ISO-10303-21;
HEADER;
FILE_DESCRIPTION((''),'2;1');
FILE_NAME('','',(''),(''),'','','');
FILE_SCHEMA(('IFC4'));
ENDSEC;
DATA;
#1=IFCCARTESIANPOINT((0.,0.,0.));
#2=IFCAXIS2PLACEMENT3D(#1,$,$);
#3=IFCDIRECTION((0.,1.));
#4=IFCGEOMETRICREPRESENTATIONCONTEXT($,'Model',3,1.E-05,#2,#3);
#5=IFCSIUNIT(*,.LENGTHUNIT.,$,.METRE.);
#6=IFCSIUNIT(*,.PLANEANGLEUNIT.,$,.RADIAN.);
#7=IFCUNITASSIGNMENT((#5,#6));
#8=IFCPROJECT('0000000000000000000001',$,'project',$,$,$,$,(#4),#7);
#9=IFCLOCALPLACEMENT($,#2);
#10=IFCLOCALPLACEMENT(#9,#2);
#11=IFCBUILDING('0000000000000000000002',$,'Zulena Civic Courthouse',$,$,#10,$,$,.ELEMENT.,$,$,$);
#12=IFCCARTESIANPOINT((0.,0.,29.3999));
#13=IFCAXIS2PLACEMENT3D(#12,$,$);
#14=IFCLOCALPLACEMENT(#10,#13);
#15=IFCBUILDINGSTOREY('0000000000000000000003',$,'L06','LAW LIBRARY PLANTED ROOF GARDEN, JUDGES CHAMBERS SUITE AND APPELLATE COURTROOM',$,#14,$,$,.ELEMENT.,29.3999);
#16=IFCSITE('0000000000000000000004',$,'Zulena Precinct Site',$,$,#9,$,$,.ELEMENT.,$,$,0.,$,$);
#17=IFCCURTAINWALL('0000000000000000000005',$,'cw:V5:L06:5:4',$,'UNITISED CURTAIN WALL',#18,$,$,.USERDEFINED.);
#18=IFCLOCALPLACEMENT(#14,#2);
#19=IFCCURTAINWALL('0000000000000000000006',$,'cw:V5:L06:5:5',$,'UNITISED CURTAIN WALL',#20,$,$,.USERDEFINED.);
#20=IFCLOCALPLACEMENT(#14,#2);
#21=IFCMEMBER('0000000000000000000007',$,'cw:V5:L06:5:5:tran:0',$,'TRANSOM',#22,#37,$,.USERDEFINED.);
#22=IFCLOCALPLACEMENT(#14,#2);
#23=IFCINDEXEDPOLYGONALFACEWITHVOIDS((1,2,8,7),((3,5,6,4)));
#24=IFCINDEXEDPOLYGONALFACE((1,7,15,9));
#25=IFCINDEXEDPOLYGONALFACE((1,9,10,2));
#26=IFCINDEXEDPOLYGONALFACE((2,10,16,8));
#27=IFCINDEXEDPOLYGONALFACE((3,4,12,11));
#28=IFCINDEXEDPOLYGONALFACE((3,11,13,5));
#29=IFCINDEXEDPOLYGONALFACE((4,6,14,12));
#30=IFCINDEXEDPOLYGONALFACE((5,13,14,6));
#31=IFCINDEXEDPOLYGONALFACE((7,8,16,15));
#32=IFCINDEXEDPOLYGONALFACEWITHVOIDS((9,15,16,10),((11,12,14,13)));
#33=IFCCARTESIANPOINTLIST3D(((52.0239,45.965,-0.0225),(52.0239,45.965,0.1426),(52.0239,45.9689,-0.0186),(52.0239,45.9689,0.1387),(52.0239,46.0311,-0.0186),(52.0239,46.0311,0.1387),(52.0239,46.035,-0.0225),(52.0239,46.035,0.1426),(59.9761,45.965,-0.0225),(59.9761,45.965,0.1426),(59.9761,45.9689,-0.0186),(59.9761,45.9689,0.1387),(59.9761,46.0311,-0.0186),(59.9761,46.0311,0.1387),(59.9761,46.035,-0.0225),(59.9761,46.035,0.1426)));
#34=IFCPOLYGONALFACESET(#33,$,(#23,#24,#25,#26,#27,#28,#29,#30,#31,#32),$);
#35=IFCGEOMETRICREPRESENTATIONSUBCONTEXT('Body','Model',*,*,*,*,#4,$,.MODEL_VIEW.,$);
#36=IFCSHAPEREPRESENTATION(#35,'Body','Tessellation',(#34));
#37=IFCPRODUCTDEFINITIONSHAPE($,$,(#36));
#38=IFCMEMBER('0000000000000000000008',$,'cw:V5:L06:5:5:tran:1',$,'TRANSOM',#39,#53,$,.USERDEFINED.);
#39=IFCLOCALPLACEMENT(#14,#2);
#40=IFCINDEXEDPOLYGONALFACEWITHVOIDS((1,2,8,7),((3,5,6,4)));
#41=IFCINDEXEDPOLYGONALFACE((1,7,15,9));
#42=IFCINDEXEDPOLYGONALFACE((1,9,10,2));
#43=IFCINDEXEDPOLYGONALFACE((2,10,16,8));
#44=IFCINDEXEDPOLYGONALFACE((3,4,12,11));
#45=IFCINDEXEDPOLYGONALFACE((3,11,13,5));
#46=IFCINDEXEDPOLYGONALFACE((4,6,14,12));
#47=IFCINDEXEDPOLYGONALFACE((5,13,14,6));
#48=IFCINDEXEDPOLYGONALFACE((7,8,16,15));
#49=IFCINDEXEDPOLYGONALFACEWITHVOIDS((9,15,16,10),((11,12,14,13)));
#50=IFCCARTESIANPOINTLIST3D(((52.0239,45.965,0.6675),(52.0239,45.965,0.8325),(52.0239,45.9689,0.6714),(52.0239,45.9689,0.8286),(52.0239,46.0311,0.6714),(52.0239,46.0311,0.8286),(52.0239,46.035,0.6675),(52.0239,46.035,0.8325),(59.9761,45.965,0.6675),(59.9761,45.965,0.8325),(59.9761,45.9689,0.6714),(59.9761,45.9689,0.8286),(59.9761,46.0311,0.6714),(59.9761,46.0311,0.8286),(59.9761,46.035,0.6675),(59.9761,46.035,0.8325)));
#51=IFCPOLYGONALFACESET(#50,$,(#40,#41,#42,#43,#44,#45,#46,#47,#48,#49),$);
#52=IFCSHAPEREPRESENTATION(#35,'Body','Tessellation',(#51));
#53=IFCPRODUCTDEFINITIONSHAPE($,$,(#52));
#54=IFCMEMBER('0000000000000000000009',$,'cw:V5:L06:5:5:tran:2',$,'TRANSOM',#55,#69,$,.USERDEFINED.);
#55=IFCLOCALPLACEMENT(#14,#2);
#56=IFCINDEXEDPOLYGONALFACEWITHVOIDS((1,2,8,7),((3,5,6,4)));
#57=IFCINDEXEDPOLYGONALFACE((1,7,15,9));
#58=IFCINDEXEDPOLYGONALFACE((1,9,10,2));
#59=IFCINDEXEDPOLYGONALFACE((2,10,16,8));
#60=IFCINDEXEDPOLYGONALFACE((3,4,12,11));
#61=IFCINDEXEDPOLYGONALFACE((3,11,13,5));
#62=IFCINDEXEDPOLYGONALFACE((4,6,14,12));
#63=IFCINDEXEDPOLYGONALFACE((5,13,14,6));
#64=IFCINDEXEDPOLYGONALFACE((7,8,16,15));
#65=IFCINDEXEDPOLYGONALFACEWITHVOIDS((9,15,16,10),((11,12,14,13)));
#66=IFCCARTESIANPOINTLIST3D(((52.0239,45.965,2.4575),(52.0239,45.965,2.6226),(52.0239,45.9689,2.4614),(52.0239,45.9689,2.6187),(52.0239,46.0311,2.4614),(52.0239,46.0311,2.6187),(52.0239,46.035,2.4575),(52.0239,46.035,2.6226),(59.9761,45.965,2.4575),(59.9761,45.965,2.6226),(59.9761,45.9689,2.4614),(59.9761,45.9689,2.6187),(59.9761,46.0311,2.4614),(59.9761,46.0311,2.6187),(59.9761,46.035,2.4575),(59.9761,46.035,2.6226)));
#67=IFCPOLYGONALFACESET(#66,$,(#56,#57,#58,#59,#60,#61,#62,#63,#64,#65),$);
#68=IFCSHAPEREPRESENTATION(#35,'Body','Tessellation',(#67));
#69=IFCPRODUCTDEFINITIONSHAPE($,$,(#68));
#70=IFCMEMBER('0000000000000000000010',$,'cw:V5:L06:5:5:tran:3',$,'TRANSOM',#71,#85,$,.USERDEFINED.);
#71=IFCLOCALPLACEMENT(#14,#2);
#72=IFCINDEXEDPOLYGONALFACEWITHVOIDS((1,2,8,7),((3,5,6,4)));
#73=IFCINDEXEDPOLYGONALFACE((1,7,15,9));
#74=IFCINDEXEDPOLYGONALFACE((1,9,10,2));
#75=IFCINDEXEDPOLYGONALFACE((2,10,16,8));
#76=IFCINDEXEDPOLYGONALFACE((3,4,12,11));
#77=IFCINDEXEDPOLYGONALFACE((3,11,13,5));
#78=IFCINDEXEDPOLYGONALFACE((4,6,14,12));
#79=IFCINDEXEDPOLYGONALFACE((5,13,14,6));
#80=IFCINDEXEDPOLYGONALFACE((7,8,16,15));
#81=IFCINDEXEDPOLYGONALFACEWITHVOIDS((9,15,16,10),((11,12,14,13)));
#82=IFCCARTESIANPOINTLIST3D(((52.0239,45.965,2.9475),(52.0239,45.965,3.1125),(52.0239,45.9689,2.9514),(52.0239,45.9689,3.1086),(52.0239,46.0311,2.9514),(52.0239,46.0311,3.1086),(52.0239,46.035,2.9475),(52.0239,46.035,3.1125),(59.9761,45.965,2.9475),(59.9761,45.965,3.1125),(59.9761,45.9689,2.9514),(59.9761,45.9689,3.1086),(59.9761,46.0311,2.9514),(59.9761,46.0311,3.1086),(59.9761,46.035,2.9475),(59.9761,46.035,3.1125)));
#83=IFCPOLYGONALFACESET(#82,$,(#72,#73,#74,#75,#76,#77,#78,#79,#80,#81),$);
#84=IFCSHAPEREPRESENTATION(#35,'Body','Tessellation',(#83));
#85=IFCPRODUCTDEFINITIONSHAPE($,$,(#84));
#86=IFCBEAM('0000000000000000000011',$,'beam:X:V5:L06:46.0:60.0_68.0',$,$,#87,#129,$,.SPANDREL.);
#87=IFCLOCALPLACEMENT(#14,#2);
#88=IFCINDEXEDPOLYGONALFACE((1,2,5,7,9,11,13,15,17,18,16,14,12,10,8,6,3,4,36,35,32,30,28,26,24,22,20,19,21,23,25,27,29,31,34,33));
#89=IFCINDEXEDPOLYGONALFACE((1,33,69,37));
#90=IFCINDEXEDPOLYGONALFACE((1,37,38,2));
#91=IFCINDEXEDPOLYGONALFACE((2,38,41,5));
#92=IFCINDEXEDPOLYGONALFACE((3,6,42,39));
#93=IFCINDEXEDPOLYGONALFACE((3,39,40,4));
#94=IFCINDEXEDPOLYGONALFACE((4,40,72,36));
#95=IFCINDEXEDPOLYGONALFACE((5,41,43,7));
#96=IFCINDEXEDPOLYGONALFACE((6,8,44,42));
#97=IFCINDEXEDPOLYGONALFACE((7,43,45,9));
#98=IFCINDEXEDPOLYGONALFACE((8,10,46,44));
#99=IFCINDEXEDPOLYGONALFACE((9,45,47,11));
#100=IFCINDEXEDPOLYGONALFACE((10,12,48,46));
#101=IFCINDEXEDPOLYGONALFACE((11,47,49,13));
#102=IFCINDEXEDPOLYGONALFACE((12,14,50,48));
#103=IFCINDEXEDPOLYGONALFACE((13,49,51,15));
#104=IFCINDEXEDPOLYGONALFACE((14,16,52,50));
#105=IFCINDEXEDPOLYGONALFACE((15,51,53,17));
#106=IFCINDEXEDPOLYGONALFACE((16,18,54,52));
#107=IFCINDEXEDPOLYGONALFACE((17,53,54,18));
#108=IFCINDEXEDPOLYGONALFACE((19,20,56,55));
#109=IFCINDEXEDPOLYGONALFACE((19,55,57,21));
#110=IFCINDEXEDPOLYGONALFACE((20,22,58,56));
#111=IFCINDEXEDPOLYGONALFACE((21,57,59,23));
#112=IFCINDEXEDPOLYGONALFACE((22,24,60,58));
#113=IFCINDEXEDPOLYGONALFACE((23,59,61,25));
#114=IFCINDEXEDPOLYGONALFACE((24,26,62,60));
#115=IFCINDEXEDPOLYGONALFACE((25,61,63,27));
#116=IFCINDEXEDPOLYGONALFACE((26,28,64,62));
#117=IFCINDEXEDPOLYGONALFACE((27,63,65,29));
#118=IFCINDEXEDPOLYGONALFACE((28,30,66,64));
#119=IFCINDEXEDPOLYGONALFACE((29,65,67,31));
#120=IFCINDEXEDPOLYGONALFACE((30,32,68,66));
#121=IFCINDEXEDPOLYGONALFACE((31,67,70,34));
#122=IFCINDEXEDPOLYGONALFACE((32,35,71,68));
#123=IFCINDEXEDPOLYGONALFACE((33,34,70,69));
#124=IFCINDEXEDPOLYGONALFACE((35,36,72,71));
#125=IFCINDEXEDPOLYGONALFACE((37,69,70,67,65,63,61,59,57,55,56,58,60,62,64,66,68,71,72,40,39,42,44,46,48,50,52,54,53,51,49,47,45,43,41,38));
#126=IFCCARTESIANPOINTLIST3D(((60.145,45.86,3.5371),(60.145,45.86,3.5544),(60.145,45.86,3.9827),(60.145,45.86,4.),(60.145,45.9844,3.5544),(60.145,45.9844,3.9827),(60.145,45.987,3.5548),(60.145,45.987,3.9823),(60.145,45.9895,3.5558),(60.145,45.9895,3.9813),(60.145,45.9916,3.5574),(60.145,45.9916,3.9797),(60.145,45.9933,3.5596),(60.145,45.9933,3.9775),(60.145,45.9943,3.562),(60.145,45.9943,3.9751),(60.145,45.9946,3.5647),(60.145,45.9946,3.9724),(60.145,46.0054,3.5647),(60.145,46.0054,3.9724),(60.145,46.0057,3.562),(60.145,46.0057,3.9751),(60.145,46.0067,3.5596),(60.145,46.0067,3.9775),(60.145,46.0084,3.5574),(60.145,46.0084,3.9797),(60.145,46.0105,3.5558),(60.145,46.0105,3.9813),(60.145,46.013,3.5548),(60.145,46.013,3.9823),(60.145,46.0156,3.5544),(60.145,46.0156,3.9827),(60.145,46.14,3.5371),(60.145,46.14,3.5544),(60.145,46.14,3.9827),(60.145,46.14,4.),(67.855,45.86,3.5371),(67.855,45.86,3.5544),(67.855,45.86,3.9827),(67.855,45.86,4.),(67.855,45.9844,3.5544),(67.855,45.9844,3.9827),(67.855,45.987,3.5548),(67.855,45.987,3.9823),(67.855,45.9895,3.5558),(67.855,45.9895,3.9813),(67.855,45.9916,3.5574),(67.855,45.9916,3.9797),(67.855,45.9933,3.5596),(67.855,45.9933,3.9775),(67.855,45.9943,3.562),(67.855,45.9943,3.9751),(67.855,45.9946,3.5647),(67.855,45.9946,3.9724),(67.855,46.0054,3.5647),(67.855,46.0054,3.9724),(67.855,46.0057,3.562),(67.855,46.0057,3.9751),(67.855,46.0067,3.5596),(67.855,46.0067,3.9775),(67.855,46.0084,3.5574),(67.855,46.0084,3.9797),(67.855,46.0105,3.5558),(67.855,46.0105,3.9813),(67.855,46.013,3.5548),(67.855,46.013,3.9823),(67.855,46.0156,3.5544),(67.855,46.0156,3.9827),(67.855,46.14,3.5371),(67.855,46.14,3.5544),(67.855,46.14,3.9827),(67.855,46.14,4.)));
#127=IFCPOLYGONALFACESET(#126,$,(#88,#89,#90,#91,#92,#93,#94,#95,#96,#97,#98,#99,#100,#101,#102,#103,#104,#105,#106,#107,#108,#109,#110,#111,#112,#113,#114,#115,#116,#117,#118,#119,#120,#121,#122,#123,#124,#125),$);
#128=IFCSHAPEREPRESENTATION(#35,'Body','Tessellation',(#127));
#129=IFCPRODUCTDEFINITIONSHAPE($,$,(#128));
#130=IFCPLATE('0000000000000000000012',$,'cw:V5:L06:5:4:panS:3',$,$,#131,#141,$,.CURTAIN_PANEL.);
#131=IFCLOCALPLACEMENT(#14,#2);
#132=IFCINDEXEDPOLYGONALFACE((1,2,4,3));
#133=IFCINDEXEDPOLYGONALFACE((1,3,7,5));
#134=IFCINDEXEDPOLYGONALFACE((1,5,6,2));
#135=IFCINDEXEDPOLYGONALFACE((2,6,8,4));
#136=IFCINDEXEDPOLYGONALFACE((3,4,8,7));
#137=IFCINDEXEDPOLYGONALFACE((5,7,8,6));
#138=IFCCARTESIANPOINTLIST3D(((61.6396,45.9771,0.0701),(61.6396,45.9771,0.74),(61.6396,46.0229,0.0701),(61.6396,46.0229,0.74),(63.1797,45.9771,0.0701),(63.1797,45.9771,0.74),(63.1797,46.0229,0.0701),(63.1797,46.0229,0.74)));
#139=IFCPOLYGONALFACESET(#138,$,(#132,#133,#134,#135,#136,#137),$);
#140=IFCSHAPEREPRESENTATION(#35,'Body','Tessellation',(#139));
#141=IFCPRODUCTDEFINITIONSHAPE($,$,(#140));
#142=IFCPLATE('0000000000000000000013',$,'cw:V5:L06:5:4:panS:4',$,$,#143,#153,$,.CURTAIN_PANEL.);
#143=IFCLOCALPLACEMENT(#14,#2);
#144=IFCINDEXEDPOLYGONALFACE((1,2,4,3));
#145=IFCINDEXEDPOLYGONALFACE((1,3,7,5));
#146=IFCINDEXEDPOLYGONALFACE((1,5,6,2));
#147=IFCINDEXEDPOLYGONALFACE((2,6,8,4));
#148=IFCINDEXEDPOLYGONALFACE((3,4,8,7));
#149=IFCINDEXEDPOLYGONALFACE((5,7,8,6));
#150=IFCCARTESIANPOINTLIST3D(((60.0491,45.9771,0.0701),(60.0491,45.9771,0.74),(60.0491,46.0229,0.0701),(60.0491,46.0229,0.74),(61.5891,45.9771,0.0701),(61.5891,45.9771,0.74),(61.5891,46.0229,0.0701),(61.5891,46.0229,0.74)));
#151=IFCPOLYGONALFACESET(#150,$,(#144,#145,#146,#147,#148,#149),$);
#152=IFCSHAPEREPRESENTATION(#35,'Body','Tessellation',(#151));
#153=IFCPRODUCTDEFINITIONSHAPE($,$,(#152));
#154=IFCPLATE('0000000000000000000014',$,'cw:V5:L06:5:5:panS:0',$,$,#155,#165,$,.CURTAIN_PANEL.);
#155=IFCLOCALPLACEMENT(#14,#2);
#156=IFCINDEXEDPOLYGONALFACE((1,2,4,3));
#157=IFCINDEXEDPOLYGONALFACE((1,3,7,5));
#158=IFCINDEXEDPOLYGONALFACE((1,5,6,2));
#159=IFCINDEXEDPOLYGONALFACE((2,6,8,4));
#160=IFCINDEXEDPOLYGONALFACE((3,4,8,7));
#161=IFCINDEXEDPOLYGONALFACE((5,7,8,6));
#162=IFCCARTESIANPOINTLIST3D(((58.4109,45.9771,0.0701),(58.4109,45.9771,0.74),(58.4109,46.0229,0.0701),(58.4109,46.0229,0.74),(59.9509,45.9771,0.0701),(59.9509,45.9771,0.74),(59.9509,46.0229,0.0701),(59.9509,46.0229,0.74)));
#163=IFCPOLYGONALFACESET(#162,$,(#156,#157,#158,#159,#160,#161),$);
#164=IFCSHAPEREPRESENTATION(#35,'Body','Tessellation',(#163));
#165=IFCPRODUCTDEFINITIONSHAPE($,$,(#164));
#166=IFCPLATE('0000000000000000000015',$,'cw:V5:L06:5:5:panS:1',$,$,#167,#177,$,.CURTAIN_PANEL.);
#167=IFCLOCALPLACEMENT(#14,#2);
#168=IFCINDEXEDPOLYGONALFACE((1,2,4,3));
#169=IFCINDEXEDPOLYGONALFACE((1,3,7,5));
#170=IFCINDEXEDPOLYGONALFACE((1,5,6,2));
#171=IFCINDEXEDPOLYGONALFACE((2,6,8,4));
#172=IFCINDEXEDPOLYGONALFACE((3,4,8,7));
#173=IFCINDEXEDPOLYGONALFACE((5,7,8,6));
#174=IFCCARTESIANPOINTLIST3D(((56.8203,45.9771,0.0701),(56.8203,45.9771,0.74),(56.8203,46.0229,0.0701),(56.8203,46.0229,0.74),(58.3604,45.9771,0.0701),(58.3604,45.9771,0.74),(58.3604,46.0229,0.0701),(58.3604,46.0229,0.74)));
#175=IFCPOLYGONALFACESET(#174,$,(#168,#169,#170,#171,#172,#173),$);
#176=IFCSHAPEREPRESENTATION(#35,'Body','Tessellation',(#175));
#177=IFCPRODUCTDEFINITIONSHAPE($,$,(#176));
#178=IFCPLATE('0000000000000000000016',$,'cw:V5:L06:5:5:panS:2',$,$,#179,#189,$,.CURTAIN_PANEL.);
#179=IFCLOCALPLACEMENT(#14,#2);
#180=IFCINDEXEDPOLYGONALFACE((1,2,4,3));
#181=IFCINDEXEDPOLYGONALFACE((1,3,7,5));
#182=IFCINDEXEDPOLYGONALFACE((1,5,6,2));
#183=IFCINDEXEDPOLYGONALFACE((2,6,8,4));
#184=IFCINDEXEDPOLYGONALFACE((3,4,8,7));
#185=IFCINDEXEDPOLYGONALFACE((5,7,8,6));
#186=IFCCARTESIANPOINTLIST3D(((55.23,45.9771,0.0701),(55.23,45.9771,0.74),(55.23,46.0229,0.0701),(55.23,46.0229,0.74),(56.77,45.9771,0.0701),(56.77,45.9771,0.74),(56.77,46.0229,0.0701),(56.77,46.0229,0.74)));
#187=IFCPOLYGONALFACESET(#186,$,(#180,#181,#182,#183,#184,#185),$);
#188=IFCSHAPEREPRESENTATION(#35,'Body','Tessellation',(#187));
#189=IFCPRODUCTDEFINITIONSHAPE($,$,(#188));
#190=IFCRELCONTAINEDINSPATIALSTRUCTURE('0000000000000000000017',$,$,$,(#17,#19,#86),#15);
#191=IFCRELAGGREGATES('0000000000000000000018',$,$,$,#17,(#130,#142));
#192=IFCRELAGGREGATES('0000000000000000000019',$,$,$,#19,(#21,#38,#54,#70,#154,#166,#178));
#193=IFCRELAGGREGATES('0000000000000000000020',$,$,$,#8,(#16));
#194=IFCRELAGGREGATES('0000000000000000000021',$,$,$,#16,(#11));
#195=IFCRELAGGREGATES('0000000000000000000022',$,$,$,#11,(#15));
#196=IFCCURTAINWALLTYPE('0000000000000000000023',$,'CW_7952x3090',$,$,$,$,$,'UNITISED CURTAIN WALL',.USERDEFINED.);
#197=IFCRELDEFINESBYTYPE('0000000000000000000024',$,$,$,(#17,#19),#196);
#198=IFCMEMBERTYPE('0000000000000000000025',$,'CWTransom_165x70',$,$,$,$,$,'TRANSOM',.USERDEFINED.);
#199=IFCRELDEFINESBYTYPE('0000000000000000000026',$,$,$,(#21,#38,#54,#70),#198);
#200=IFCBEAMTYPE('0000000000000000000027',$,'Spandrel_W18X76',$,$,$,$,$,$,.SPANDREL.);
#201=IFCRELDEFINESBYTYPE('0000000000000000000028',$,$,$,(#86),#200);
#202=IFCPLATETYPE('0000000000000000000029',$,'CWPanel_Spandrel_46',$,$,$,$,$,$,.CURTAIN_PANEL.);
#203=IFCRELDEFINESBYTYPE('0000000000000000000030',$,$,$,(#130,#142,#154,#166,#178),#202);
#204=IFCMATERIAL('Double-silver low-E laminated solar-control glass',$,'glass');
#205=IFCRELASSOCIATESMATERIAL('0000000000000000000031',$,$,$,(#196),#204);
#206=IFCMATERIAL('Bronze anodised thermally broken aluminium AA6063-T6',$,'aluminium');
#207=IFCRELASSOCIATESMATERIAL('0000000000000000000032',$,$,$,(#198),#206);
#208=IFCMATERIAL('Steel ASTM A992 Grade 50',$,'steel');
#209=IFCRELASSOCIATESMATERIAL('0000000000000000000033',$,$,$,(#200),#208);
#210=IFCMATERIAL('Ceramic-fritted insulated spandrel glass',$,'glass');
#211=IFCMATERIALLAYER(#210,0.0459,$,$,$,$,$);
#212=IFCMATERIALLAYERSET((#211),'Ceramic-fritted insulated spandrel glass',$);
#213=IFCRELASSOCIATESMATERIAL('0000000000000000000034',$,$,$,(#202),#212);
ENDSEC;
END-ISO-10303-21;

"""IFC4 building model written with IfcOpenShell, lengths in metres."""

from ifc_helpers import new_model, si_unit, direction, frame, origin, origin_2d, place, context, subcontext, project, spatial, rectangle, hollow_rectangle, i_section, extrude, material, layer, layer_set, material_profile, profile_set, type_object, element, aggregate, save


model = new_model("IFC4")

# Units and contexts
model_context = context("Model", 3, precision=1e-05, world=origin(), true_north=direction((0.0, 1.0)))
body_context = subcontext(model_context, "Body", "Model", "MODEL_VIEW")
ifc_project = project(units=[si_unit("LENGTHUNIT", "METRE"), si_unit("PLANEANGLEUNIT", "RADIAN")], contexts=[model_context])

# Site, building, storey
site_placement = place(None, origin())
site = spatial("IfcSite", under=ifc_project, at=site_placement, Name="Zulena Precinct Site", CompositionType="ELEMENT", RefElevation=0.0)
building_placement = place(site_placement, origin())
building = spatial("IfcBuilding", under=site, at=building_placement, Name="Zulena Civic Courthouse", CompositionType="ELEMENT")
storey_placement = place(building_placement, frame((0.0, 0.0, 29.3999)))
storey = spatial("IfcBuildingStorey", under=building, at=storey_placement, Name="L06", Description="LAW LIBRARY PLANTED ROOF GARDEN, JUDGES CHAMBERS SUITE AND APPELLATE COURTROOM", CompositionType="ELEMENT", Elevation=29.3999)

# Shared definitions
ifc_material_1 = material(Name="Steel ASTM A992 Grade 50", Category="steel")

# Curtain walls, members
ifc_material_2 = material(Name="Double-silver low-E laminated solar-control glass", Category="glass")
curtain_wall_type = type_object("IfcCurtainWallType", Name="CW_7952x3090", ElementType="UNITISED CURTAIN WALL", PredefinedType="USERDEFINED", material=ifc_material_2)
curtain_wall_1_placement = place(storey_placement, origin())
curtain_wall_1 = element("IfcCurtainWall", 1, at=curtain_wall_1_placement, inside=storey, type_object=curtain_wall_type, Name="cw:V5:L06:5:4", ObjectType="UNITISED CURTAIN WALL", PredefinedType="USERDEFINED")
ifc_material_3 = material(Name="Bronze anodised thermally broken aluminium AA6063-T6", Category="aluminium")
curtain_wall_2_placement = place(storey_placement, origin())
curtain_wall_2 = element("IfcCurtainWall", 2, at=curtain_wall_2_placement, inside=storey, type_object=curtain_wall_type, Name="cw:V5:L06:5:5", ObjectType="UNITISED CURTAIN WALL", PredefinedType="USERDEFINED")
ifc_material_profile_1 = material_profile(ifc_material_3, hollow_rectangle(XDim=0.0701, YDim=0.165, WallThickness=0.0039, at=origin_2d()), Name="CWT165X70X4")
ifc_profile_set_1 = profile_set([ifc_material_profile_1], Name="Bronze anodised thermally broken aluminium AA6063-T6")
member_type_1 = type_object("IfcMemberType", Name="CWTransom_165x70", ElementType="TRANSOM", PredefinedType="USERDEFINED", material=ifc_profile_set_1)
member_1_placement = place(storey_placement, frame((59.9761, 46.0, 0.0601), z_axis=(-1.0, 0.0, 0.0), x_axis=(0.0, -1.0, 0.0)))
member_1 = element("IfcMember", 3, at=member_1_placement, type_object=member_type_1, Name="cw:V5:L06:5:5:tran:0", ObjectType="TRANSOM", PredefinedType="USERDEFINED", context=body_context, shape_type="SweptSolid", body=[
    extrude(hollow_rectangle(XDim=0.0701, YDim=0.165, WallThickness=0.0039, at=origin_2d()), origin(), (0.0, 0.0, 1.0), 7.9521),
])
member_2_placement = place(storey_placement, frame((59.9761, 46.0, 0.75), z_axis=(-1.0, 0.0, 0.0), x_axis=(0.0, -1.0, 0.0)))
member_2 = element("IfcMember", 4, at=member_2_placement, type_object=member_type_1, Name="cw:V5:L06:5:5:tran:1", ObjectType="TRANSOM", PredefinedType="USERDEFINED", context=body_context, shape_type="SweptSolid", body=[
    extrude(hollow_rectangle(XDim=0.0701, YDim=0.165, WallThickness=0.0039, at=origin_2d()), origin(), (0.0, 0.0, 1.0), 7.9521),
])
member_3_placement = place(storey_placement, frame((59.9761, 46.0, 2.54), z_axis=(-1.0, 0.0, 0.0), x_axis=(0.0, -1.0, 0.0)))
member_3 = element("IfcMember", 5, at=member_3_placement, type_object=member_type_1, Name="cw:V5:L06:5:5:tran:2", ObjectType="TRANSOM", PredefinedType="USERDEFINED", context=body_context, shape_type="SweptSolid", body=[
    extrude(hollow_rectangle(XDim=0.0701, YDim=0.165, WallThickness=0.0039, at=origin_2d()), origin(), (0.0, 0.0, 1.0), 7.9521),
])
member_4_placement = place(storey_placement, frame((59.9761, 46.0, 3.03), z_axis=(-1.0, 0.0, 0.0), x_axis=(0.0, -1.0, 0.0)))
member_4 = element("IfcMember", 6, at=member_4_placement, type_object=member_type_1, Name="cw:V5:L06:5:5:tran:3", ObjectType="TRANSOM", PredefinedType="USERDEFINED", context=body_context, shape_type="SweptSolid", body=[
    extrude(hollow_rectangle(XDim=0.0701, YDim=0.165, WallThickness=0.0039, at=origin_2d()), origin(), (0.0, 0.0, 1.0), 7.9521),
])

# Beam
ifc_material_profile_2 = material_profile(ifc_material_1, i_section(OverallWidth=0.28, OverallDepth=0.4629, WebThickness=0.0107, FlangeThickness=0.0173, FilletRadius=0.0103, at=origin_2d()), Name="W18X76")
ifc_profile_set_2 = profile_set([ifc_material_profile_2], Name="Steel ASTM A992 Grade 50")
beam_type = type_object("IfcBeamType", Name="Spandrel_W18X76", PredefinedType="SPANDREL", material=ifc_profile_set_2)
beam_placement = place(storey_placement, frame((60.145, 46.0, 3.7686), z_axis=(1.0, 0.0, 0.0), x_axis=(0.0, 1.0, 0.0)))
element("IfcBeam", 7, at=beam_placement, inside=storey, type_object=beam_type, Name="beam:X:V5:L06:46.0:60.0_68.0", PredefinedType="SPANDREL", context=body_context, shape_type="SweptSolid", body=[
    extrude(i_section(OverallWidth=0.28, OverallDepth=0.4629, WebThickness=0.0107, FlangeThickness=0.0173, FilletRadius=0.0103, at=origin_2d()), origin(), (0.0, 0.0, 1.0), 7.71),
])

# Plates
ifc_material_4 = material(Name="Ceramic-fritted insulated spandrel glass", Category="glass")
ifc_layer_1 = layer(ifc_material_4, 0.0459)
ifc_layer_set_1 = layer_set([ifc_layer_1], Name="Ceramic-fritted insulated spandrel glass")
plate_type_1 = type_object("IfcPlateType", Name="CWPanel_Spandrel_46", PredefinedType="CURTAIN_PANEL", material=ifc_layer_set_1)
plate_1_placement = place(storey_placement, frame((62.4097, 46.0, 0.0701), z_axis=(0.0, 0.0, 1.0), x_axis=(-1.0, 0.0, 0.0)))
plate_1 = element("IfcPlate", 8, at=plate_1_placement, type_object=plate_type_1, Name="cw:V5:L06:5:4:panS:3", PredefinedType="CURTAIN_PANEL", context=body_context, shape_type="SweptSolid", body=[
    extrude(rectangle(XDim=1.54, YDim=0.0459, at=origin_2d()), origin(), (0.0, 0.0, 1.0), 0.6699),
])
plate_2_placement = place(storey_placement, frame((60.8191, 46.0, 0.0701), z_axis=(0.0, 0.0, 1.0), x_axis=(-1.0, 0.0, 0.0)))
plate_2 = element("IfcPlate", 9, at=plate_2_placement, type_object=plate_type_1, Name="cw:V5:L06:5:4:panS:4", PredefinedType="CURTAIN_PANEL", context=body_context, shape_type="SweptSolid", body=[
    extrude(rectangle(XDim=1.54, YDim=0.0459, at=origin_2d()), origin(), (0.0, 0.0, 1.0), 0.6699),
])
plate_3_placement = place(storey_placement, frame((59.1809, 46.0, 0.0701), z_axis=(0.0, 0.0, 1.0), x_axis=(-1.0, 0.0, 0.0)))
plate_3 = element("IfcPlate", 10, at=plate_3_placement, type_object=plate_type_1, Name="cw:V5:L06:5:5:panS:0", PredefinedType="CURTAIN_PANEL", context=body_context, shape_type="SweptSolid", body=[
    extrude(rectangle(XDim=1.54, YDim=0.0459, at=origin_2d()), origin(), (0.0, 0.0, 1.0), 0.6699),
])
plate_4_placement = place(storey_placement, frame((57.5903, 46.0, 0.0701), z_axis=(0.0, 0.0, 1.0), x_axis=(-1.0, 0.0, 0.0)))
plate_4 = element("IfcPlate", 11, at=plate_4_placement, type_object=plate_type_1, Name="cw:V5:L06:5:5:panS:1", PredefinedType="CURTAIN_PANEL", context=body_context, shape_type="SweptSolid", body=[
    extrude(rectangle(XDim=1.54, YDim=0.0459, at=origin_2d()), origin(), (0.0, 0.0, 1.0), 0.6699),
])
plate_5_placement = place(storey_placement, frame((56.0, 46.0, 0.0701), z_axis=(0.0, 0.0, 1.0), x_axis=(-1.0, 0.0, 0.0)))
plate_5 = element("IfcPlate", 12, at=plate_5_placement, type_object=plate_type_1, Name="cw:V5:L06:5:5:panS:2", PredefinedType="CURTAIN_PANEL", context=body_context, shape_type="SweptSolid", body=[
    extrude(rectangle(XDim=1.54, YDim=0.0459, at=origin_2d()), origin(), (0.0, 0.0, 1.0), 0.6699),
])
aggregate(curtain_wall_1, [plate_1, plate_2])
aggregate(curtain_wall_2, [member_1, member_2, member_3, member_4, plate_3, plate_4, plate_5])

save(model, "model.ifc")
